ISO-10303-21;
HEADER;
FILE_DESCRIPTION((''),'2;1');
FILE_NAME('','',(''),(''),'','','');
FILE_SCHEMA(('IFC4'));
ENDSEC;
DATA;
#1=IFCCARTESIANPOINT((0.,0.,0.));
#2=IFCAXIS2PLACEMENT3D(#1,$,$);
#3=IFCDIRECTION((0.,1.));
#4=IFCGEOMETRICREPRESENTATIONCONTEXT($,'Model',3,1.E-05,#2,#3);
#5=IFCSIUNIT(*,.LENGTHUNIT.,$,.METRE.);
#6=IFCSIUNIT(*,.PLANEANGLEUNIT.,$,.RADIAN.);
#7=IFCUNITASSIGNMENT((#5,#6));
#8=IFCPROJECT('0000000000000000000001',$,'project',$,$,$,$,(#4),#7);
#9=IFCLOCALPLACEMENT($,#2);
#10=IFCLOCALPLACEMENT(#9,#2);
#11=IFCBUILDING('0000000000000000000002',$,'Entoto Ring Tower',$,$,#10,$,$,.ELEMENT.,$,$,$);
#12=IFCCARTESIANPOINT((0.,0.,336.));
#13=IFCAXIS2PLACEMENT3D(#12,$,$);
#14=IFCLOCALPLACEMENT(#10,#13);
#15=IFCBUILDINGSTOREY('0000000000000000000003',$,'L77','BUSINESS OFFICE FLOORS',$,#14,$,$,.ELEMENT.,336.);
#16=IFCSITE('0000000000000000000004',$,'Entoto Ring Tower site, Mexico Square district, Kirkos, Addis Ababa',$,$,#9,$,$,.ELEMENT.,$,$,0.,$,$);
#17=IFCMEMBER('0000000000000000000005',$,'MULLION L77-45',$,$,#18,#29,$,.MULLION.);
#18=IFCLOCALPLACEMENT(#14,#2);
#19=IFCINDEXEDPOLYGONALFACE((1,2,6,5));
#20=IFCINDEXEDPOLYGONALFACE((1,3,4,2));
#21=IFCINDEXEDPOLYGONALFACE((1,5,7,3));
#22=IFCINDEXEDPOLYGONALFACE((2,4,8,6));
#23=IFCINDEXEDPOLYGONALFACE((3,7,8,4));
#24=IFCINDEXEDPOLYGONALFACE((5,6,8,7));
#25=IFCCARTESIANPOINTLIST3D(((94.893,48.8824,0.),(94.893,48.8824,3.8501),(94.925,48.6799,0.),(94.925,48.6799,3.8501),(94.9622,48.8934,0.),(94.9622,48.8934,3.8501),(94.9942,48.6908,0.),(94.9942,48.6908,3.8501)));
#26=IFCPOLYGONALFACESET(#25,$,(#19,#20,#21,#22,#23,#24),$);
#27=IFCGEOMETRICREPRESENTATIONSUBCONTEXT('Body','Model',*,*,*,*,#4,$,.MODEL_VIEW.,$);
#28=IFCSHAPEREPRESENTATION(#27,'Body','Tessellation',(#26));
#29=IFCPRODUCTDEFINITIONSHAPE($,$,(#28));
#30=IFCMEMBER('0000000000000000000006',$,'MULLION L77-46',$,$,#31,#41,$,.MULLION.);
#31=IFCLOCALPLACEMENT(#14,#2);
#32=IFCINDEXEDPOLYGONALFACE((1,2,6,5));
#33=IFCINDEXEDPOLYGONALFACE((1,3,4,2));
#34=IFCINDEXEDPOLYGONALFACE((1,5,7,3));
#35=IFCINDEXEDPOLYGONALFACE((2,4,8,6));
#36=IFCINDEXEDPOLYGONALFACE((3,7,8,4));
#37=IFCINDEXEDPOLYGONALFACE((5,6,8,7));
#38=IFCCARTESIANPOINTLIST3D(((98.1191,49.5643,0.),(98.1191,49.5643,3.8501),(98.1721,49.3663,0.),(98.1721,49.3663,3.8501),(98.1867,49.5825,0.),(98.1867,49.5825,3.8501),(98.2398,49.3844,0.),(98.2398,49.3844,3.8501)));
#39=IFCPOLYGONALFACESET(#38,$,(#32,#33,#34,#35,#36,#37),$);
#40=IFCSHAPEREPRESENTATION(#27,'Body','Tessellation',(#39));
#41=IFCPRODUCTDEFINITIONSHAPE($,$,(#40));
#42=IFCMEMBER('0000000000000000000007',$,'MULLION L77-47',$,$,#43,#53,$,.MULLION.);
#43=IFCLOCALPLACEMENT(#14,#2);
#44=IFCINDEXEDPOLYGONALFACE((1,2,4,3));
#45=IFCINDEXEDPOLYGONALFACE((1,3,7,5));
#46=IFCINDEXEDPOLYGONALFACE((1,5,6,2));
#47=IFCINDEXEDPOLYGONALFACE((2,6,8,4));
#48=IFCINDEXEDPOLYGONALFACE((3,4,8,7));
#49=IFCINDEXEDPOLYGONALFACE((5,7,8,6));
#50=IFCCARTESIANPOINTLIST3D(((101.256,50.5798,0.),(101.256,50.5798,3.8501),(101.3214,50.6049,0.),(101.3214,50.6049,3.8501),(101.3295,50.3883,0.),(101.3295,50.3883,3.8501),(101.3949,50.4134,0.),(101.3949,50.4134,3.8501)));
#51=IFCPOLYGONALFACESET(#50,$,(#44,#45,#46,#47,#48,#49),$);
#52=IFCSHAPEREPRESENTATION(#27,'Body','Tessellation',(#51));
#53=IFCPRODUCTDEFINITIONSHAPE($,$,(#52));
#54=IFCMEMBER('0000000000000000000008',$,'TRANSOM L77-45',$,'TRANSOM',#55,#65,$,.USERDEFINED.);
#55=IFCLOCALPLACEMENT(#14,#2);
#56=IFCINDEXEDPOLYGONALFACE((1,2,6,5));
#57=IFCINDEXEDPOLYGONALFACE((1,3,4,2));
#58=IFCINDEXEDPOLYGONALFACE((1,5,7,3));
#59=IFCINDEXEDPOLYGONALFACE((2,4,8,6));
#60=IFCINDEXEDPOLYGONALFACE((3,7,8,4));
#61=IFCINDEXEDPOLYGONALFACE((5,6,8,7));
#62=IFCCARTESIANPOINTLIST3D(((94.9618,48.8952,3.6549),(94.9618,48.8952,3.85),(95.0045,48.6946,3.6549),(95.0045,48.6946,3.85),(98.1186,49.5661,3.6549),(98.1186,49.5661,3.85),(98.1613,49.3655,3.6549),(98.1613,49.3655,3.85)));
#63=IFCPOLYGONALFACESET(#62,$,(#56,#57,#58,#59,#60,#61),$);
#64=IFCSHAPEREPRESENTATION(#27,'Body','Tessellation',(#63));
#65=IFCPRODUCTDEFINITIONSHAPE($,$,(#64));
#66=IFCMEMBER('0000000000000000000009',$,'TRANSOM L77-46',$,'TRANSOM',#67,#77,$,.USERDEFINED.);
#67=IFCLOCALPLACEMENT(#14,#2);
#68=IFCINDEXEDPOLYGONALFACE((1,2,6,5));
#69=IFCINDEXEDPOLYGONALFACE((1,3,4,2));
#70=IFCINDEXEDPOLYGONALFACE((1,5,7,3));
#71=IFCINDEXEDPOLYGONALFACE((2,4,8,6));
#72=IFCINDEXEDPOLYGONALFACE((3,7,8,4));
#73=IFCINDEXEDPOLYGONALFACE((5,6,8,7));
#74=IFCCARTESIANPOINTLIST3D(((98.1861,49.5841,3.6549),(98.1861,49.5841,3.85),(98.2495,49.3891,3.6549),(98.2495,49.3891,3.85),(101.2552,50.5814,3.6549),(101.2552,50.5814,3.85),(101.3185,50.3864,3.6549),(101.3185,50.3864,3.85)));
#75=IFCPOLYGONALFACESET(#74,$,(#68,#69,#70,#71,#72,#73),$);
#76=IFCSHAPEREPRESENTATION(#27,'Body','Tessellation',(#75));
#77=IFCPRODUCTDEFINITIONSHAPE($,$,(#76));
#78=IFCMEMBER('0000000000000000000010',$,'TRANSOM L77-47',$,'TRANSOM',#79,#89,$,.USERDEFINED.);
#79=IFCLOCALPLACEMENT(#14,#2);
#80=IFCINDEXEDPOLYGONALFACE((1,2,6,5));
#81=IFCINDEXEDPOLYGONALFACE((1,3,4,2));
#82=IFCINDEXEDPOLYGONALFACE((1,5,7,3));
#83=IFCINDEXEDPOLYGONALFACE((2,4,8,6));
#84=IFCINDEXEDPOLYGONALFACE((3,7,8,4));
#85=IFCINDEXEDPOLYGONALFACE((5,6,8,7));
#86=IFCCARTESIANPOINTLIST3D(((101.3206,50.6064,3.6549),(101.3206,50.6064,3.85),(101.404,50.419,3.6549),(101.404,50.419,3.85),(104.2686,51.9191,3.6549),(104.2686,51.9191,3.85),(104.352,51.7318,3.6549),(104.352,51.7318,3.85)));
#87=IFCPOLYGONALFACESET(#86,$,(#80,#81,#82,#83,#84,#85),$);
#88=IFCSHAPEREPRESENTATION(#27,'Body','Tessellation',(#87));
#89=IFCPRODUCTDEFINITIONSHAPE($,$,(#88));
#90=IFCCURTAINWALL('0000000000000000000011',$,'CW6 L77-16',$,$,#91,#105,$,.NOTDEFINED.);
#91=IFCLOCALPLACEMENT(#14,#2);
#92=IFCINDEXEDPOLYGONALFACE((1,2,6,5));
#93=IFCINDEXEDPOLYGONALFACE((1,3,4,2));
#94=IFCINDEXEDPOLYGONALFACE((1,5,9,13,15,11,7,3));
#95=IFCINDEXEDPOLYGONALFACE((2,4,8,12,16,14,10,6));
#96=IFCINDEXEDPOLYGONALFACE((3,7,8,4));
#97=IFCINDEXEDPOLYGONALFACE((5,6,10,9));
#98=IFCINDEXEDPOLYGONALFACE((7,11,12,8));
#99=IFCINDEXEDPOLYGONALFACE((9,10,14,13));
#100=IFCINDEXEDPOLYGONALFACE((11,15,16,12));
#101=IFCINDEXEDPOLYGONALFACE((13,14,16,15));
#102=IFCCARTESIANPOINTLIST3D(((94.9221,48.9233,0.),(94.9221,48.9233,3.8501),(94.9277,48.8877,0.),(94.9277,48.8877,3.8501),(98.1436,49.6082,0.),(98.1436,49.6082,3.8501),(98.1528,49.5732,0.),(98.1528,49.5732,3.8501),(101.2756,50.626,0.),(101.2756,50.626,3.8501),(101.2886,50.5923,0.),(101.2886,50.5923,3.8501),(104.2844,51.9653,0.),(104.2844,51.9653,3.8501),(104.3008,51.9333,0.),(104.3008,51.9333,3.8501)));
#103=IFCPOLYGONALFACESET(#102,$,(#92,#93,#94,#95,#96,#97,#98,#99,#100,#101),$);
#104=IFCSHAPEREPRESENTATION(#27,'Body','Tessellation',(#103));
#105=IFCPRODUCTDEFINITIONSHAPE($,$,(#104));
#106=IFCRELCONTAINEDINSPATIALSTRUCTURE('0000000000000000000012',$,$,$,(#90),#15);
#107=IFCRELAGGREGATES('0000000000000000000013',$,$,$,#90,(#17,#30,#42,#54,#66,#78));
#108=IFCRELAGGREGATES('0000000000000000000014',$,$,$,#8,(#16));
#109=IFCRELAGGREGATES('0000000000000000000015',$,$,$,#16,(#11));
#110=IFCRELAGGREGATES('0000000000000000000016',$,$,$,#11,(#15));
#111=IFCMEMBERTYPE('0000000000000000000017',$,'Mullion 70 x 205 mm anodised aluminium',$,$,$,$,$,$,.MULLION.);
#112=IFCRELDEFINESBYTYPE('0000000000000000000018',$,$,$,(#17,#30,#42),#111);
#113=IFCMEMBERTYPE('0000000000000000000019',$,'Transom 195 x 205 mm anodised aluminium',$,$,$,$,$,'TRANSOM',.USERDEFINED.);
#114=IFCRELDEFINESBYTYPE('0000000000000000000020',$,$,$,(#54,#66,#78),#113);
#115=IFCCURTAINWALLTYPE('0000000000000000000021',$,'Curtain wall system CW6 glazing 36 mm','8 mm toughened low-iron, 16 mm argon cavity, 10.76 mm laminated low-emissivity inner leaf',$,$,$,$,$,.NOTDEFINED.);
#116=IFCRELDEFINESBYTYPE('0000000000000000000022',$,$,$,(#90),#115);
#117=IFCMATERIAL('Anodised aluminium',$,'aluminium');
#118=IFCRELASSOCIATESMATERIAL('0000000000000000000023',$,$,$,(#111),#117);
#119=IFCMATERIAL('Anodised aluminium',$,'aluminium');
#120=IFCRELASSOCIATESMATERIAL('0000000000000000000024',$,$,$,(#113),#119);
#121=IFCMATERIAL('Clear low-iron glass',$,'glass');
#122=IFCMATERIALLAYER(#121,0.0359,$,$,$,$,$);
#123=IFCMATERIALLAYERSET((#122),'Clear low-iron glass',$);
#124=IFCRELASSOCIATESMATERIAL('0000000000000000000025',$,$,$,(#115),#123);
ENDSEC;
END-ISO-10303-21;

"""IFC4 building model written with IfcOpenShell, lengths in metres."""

from ifc_helpers import new_model, si_unit, direction, frame, origin, origin_2d, place, context, subcontext, project, spatial, polyline, rectangle, outline, extrude, material, layer, layer_set, material_profile, profile_set, type_object, element, aggregate, save


model = new_model("IFC4")

# Units and contexts
model_context = context("Model", 3, precision=1e-05, world=origin(), true_north=direction((0.0, 1.0)))
body_context = subcontext(model_context, "Body", "Model", "MODEL_VIEW")
ifc_project = project(units=[si_unit("LENGTHUNIT", "METRE"), si_unit("PLANEANGLEUNIT", "RADIAN")], contexts=[model_context])

# Members
ifc_material_1 = material(Name="Anodised aluminium", Category="aluminium")
ifc_material_profile_1 = material_profile(ifc_material_1, rectangle(XDim=0.0701, YDim=0.2051, at=origin_2d()), Name="Mullion 70 x 205 mm anodised aluminium")
ifc_profile_set_1 = profile_set([ifc_material_profile_1], Name="Anodised aluminium")
member_type_1 = type_object("IfcMemberType", Name="Mullion 70 x 205 mm anodised aluminium", PredefinedType="MULLION", material=ifc_profile_set_1)
site_placement = place(None, origin())
building_placement = place(site_placement, origin())
storey_placement = place(building_placement, frame((0.0, 0.0, 336.0)))
member_1_placement = place(storey_placement, frame((94.9436, 48.7866, 0.0), z_axis=(0.0, 0.0, 1.0), x_axis=(0.987688, 0.156434, 0.0)))
member_1 = element("IfcMember", 1, at=member_1_placement, type_object=member_type_1, Name="MULLION L77-45", PredefinedType="MULLION", context=body_context, shape_type="SweptSolid", body=[
    extrude(rectangle(XDim=0.0701, YDim=0.2051, at=origin_2d()), origin(), (0.0, 0.0, 1.0), 3.8501),
])
member_2_placement = place(storey_placement, frame((98.1794, 49.4744, 0.0), z_axis=(0.0, 0.0, 1.0), x_axis=(0.965926, 0.258819, 0.0)))
member_2 = element("IfcMember", 2, at=member_2_placement, type_object=member_type_1, Name="MULLION L77-46", PredefinedType="MULLION", context=body_context, shape_type="SweptSolid", body=[
    extrude(rectangle(XDim=0.0701, YDim=0.2051, at=origin_2d()), origin(), (0.0, 0.0, 1.0), 3.8501),
])
member_3_placement = place(storey_placement, frame((101.3254, 50.4966, 0.0), z_axis=(0.0, 0.0, 1.0), x_axis=(0.93358, 0.358368, 0.0)))
member_3 = element("IfcMember", 3, at=member_3_placement, type_object=member_type_1, Name="MULLION L77-47", PredefinedType="MULLION", context=body_context, shape_type="SweptSolid", body=[
    extrude(rectangle(XDim=0.0701, YDim=0.2051, at=origin_2d()), origin(), (0.0, 0.0, 1.0), 3.8501),
])
ifc_material_2 = material(Name="Anodised aluminium", Category="aluminium")
ifc_material_profile_2 = material_profile(ifc_material_2, rectangle(XDim=0.2051, YDim=0.1951, at=origin_2d()), Name="Transom 195 x 205 mm anodised aluminium")
ifc_profile_set_2 = profile_set([ifc_material_profile_2], Name="Anodised aluminium")
member_type_2 = type_object("IfcMemberType", Name="Transom 195 x 205 mm anodised aluminium", ElementType="TRANSOM", PredefinedType="USERDEFINED", material=ifc_profile_set_2)
member_4_placement = place(storey_placement, frame((94.9832, 48.7949, 3.7524), z_axis=(0.978153, 0.207886, 0.0), x_axis=(-0.207886, 0.978153, 0.0)))
member_4 = element("IfcMember", 4, at=member_4_placement, type_object=member_type_2, Name="TRANSOM L77-45", ObjectType="TRANSOM", PredefinedType="USERDEFINED", context=body_context, shape_type="SweptSolid", body=[
    extrude(rectangle(XDim=0.2051, YDim=0.1951, at=origin_2d()), origin(), (0.0, 0.0, 1.0), 3.2273),
])
member_5_placement = place(storey_placement, frame((98.2178, 49.4866, 3.7524), z_axis=(0.951047, 0.309047, 0.0), x_axis=(-0.309047, 0.951047, 0.0)))
member_5 = element("IfcMember", 5, at=member_5_placement, type_object=member_type_2, Name="TRANSOM L77-46", ObjectType="TRANSOM", PredefinedType="USERDEFINED", context=body_context, shape_type="SweptSolid", body=[
    extrude(rectangle(XDim=0.2051, YDim=0.1951, at=origin_2d()), origin(), (0.0, 0.0, 1.0), 3.2271),
])
member_6_placement = place(storey_placement, frame((101.3623, 50.5127, 3.7524), z_axis=(0.913521, 0.406791, 0.0), x_axis=(-0.406791, 0.913521, 0.0)))
member_6 = element("IfcMember", 6, at=member_6_placement, type_object=member_type_2, Name="TRANSOM L77-47", ObjectType="TRANSOM", PredefinedType="USERDEFINED", context=body_context, shape_type="SweptSolid", body=[
    extrude(rectangle(XDim=0.2051, YDim=0.1951, at=origin_2d()), origin(), (0.0, 0.0, 1.0), 3.2271),
])

# Site, building, storey
site = spatial("IfcSite", under=ifc_project, at=site_placement, Name="Entoto Ring Tower site, Mexico Square district, Kirkos, Addis Ababa", CompositionType="ELEMENT", RefElevation=0.0)
building = spatial("IfcBuilding", under=site, at=building_placement, Name="Entoto Ring Tower", CompositionType="ELEMENT")
storey = spatial("IfcBuildingStorey", under=building, at=storey_placement, Name="L77", Description="BUSINESS OFFICE FLOORS", CompositionType="ELEMENT", Elevation=336.0)

# Curtain wall
ifc_material_3 = material(Name="Clear low-iron glass", Category="glass")
ifc_layer_1 = layer(ifc_material_3, 0.0359)
ifc_layer_set_1 = layer_set([ifc_layer_1], Name="Clear low-iron glass")
curtain_wall_type = type_object("IfcCurtainWallType", Name="Curtain wall system CW6 glazing 36 mm", Description="8 mm toughened low-iron, 16 mm argon cavity, 10.76 mm laminated low-emissivity inner leaf", PredefinedType="NOTDEFINED", material=ifc_layer_set_1)
curtain_wall_1_placement = place(storey_placement, origin())
curtain_wall_1 = element("IfcCurtainWall", 7, at=curtain_wall_1_placement, inside=storey, type_object=curtain_wall_type, Name="CW6 L77-16", PredefinedType="NOTDEFINED", context=body_context, shape_type="SweptSolid", body=[
    extrude(outline(polyline([(94.9277, 48.8877), (98.1528, 49.5732), (101.2886, 50.5923), (104.3008, 51.9333), (104.2844, 51.9653), (101.2756, 50.626), (98.1436, 49.6082), (94.9221, 48.9233), (94.9277, 48.8877)])), origin(), (0.0, 0.0, 1.0), 3.8501),
])
aggregate(curtain_wall_1, [member_1, member_2, member_3, member_4, member_5, member_6])

save(model, "model.ifc")
